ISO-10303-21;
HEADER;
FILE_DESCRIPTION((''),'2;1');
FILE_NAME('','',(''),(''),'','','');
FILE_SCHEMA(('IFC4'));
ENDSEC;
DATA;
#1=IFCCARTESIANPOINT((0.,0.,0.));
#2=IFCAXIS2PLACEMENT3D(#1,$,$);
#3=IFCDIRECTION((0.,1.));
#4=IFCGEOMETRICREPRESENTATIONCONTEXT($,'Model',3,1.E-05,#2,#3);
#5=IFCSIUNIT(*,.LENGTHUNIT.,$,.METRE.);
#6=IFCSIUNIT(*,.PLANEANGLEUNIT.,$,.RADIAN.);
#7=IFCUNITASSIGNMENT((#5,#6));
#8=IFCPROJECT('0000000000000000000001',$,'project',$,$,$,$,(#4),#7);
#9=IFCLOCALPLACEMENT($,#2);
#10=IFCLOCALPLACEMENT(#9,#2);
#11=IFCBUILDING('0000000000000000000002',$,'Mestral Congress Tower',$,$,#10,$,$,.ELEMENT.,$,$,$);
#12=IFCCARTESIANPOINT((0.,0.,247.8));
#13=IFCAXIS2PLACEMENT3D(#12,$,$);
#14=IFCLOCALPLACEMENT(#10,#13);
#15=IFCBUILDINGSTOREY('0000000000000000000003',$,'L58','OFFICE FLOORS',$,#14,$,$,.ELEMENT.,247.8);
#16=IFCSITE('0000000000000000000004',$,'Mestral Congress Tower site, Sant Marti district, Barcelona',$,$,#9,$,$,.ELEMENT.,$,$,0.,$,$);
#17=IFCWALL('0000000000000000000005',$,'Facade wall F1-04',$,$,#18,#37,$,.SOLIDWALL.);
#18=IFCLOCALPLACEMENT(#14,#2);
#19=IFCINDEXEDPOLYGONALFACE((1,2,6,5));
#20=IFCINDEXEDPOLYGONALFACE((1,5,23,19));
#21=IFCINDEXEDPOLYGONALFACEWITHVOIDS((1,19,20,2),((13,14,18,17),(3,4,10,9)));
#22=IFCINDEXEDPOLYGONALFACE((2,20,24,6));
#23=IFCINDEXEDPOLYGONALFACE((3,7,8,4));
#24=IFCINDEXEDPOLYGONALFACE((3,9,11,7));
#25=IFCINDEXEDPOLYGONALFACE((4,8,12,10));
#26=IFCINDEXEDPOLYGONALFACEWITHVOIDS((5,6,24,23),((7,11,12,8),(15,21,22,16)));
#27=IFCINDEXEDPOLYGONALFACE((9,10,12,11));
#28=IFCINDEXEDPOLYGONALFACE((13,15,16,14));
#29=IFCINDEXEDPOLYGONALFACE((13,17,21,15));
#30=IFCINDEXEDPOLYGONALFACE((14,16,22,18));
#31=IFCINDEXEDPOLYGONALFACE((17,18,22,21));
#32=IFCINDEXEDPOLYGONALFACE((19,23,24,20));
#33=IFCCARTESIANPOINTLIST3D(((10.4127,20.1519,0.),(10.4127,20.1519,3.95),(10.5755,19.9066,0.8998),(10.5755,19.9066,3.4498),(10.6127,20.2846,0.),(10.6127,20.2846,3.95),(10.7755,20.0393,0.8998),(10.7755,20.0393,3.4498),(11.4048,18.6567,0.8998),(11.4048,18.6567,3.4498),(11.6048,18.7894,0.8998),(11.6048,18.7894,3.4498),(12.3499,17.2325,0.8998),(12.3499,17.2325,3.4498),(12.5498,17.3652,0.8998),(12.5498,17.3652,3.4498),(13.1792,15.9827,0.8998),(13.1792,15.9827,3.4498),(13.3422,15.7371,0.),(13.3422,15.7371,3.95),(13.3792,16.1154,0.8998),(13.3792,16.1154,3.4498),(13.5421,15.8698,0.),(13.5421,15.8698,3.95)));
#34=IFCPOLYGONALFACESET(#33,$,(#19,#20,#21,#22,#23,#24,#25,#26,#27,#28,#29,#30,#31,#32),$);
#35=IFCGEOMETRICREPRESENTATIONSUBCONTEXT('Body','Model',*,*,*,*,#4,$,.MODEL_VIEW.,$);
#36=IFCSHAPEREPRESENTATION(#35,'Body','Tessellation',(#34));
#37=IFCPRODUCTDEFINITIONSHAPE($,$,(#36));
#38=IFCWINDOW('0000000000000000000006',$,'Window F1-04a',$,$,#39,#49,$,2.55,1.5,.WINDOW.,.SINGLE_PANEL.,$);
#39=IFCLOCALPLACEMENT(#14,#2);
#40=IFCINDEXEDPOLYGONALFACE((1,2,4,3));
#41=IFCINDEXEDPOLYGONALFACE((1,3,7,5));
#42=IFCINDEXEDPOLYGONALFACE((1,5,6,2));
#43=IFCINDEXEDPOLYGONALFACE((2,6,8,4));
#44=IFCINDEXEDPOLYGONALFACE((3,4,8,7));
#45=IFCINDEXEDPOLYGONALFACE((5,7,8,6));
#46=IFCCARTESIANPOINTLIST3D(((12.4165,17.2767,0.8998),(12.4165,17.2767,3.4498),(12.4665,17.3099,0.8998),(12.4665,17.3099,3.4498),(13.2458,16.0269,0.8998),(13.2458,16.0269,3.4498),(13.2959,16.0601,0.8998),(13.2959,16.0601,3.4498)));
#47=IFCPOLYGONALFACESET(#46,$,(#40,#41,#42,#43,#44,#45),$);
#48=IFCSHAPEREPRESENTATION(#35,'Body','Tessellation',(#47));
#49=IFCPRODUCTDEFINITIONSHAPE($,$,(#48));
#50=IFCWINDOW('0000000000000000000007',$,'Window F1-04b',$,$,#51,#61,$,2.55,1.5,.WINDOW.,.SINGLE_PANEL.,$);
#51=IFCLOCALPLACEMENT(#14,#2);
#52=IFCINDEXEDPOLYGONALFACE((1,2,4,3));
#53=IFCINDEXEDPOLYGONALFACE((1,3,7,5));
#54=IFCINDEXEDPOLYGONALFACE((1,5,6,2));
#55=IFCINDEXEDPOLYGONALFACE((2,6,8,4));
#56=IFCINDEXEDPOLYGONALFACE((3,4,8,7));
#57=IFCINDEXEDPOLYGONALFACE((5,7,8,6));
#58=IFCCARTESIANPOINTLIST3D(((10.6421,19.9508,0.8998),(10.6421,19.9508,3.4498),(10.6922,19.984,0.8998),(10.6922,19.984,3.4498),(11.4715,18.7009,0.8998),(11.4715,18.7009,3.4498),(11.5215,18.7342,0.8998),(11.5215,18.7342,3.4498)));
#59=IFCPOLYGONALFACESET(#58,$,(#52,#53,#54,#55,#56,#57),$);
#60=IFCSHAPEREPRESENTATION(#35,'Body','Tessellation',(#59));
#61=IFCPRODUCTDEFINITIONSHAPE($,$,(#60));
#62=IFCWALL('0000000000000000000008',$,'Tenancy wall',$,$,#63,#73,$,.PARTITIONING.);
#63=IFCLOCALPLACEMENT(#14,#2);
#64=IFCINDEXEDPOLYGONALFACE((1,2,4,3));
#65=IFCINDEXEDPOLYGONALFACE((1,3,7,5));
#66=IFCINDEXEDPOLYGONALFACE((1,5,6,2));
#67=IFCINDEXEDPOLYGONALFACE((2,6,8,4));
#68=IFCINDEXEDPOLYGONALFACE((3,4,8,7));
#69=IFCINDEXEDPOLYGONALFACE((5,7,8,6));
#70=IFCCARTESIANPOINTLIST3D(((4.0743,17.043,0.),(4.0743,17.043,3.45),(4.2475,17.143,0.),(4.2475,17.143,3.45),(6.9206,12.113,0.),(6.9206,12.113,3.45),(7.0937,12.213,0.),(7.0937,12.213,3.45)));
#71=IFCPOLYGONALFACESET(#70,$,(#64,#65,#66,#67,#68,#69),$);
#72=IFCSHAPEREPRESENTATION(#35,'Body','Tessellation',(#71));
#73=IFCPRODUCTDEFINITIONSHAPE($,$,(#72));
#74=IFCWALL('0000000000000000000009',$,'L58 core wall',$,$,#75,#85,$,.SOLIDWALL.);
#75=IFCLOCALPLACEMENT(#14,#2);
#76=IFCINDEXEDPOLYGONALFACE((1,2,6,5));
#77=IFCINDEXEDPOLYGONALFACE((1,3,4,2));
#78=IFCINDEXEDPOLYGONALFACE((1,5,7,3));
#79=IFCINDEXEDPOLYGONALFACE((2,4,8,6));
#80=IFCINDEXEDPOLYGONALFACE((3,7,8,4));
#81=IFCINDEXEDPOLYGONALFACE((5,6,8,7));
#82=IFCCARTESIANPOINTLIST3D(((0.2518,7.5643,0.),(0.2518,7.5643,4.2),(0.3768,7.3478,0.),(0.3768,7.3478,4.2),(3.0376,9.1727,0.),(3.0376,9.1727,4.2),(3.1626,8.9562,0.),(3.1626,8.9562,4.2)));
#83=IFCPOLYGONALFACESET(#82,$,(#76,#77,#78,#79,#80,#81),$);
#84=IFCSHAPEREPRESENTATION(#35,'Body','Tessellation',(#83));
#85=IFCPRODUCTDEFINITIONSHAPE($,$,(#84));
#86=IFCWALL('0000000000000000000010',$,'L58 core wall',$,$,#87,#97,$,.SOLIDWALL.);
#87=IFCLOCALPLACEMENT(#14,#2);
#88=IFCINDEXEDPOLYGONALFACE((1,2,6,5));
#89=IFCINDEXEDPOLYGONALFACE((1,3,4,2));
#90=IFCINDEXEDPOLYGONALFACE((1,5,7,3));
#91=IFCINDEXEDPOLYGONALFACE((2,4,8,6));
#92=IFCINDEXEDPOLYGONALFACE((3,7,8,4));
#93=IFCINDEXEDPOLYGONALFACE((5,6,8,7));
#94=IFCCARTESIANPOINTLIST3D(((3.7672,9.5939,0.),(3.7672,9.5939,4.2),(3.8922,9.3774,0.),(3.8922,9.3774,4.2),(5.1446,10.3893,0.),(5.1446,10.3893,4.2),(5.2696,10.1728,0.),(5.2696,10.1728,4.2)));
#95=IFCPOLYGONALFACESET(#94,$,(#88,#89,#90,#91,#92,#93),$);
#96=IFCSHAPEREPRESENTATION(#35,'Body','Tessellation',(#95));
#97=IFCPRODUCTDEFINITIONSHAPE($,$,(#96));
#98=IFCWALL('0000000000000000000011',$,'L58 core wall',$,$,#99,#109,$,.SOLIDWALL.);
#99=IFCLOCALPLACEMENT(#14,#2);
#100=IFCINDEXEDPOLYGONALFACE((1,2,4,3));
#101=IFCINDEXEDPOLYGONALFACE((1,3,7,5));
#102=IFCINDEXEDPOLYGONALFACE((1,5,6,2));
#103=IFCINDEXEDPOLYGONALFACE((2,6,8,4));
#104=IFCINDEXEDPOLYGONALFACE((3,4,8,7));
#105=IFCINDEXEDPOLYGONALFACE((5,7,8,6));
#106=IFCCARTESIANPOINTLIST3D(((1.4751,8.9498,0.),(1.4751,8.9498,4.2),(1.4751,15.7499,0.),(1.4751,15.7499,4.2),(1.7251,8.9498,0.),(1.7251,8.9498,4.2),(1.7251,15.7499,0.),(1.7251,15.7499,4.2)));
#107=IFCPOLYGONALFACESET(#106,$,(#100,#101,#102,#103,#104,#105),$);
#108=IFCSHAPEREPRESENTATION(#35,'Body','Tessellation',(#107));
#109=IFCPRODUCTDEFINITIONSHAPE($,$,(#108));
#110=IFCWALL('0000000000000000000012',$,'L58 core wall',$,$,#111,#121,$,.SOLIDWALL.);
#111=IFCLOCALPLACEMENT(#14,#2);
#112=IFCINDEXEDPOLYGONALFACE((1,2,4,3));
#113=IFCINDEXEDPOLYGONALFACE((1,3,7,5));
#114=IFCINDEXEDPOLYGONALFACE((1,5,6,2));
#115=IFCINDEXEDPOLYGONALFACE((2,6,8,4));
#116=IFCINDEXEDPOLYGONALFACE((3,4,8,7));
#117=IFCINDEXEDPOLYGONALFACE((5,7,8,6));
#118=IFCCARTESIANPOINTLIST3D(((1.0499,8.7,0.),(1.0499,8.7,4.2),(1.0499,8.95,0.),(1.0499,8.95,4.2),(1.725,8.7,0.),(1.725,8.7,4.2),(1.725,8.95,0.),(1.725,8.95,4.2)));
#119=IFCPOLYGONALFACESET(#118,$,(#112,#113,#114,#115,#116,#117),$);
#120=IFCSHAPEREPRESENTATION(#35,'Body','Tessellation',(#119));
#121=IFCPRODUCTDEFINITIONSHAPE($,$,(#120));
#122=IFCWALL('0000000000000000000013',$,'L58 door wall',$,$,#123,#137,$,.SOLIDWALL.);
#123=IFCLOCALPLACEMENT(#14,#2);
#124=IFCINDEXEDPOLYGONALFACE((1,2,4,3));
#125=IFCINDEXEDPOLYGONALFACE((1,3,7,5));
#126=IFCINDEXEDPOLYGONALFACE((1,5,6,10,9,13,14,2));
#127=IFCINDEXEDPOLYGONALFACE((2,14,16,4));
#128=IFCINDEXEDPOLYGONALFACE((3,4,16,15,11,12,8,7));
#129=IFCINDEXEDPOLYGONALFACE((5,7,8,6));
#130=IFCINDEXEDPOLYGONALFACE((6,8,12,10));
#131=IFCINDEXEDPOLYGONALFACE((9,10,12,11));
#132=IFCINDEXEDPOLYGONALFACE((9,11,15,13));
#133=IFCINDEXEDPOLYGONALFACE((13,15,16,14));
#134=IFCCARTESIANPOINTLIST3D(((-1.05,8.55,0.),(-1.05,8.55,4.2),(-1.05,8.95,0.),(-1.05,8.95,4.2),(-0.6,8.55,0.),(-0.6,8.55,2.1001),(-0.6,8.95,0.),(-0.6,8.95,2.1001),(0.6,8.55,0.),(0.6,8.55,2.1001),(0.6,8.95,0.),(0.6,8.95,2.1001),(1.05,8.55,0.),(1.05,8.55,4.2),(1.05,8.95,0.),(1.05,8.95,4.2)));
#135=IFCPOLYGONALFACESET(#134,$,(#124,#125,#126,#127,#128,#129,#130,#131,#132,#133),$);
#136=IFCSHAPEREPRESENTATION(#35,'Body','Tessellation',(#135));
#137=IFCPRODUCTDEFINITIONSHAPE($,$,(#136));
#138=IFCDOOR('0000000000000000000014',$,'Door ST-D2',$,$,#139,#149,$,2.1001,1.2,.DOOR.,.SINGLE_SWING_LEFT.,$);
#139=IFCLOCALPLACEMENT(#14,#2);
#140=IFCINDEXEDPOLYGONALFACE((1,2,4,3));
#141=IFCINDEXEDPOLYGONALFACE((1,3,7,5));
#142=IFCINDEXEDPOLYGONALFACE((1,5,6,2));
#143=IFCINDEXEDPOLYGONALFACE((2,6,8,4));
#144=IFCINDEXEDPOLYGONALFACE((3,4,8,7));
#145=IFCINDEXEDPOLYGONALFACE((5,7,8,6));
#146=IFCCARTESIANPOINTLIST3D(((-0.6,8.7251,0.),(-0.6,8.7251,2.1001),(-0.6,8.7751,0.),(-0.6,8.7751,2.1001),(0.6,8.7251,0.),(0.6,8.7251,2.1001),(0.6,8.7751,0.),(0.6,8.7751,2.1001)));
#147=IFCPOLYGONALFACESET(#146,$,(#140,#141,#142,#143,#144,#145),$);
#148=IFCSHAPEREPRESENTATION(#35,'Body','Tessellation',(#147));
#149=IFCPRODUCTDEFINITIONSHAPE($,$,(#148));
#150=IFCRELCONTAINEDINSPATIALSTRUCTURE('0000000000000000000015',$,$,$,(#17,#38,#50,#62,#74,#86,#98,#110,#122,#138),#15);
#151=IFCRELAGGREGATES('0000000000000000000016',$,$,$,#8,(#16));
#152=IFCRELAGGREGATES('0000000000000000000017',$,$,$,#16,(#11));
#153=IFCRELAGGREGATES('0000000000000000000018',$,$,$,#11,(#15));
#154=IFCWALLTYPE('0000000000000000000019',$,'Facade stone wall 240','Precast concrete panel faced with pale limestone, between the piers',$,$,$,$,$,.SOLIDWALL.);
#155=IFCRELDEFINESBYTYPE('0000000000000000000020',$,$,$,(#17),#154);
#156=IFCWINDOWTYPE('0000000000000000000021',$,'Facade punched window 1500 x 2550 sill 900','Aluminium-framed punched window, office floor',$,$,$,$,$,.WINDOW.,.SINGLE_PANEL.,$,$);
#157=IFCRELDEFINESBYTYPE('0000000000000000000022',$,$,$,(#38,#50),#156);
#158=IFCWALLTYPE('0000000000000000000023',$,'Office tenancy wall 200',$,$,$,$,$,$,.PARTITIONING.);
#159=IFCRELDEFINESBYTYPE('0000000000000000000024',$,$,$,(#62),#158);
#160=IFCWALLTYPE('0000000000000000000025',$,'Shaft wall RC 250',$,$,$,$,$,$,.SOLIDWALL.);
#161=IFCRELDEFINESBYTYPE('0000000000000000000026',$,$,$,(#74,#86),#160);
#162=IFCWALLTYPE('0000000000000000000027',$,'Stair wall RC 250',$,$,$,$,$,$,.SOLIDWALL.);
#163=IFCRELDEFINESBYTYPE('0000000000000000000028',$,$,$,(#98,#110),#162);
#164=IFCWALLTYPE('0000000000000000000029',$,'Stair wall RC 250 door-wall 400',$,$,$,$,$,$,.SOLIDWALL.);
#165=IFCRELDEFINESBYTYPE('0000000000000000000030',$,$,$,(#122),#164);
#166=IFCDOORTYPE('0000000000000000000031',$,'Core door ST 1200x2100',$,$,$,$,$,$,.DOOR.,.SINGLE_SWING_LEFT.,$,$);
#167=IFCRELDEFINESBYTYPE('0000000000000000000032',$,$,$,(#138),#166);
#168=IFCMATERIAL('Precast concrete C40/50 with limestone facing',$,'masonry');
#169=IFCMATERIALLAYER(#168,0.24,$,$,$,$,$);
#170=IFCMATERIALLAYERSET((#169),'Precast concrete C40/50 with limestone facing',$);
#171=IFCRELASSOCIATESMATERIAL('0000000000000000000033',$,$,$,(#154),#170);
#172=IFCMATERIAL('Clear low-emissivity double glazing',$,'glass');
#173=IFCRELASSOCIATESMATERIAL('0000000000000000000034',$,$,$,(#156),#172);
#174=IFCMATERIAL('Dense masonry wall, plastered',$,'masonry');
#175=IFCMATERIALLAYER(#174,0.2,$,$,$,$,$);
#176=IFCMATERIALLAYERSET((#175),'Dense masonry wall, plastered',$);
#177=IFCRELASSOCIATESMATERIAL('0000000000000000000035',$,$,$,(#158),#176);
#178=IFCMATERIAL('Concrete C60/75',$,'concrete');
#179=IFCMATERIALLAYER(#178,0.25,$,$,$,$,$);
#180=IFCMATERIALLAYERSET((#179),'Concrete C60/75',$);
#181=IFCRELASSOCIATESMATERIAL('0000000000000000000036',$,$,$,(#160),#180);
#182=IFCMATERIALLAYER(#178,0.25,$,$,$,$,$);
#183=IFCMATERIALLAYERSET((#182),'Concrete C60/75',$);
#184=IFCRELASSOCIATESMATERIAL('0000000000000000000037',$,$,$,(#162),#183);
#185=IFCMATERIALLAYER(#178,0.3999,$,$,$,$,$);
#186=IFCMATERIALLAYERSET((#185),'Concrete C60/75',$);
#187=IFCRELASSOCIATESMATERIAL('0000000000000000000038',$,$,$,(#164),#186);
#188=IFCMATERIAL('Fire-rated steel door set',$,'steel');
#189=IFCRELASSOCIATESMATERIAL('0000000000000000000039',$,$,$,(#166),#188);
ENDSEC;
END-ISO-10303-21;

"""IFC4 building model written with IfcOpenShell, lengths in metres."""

from ifc_helpers import new_model, si_unit, direction, frame, frame_2d, origin, place, context, subcontext, project, spatial, rectangle, extrude, material, layer, layer_set, type_object, element, fill, save


model = new_model("IFC4")

# Units and contexts
model_context = context("Model", 3, precision=1e-05, world=origin(), true_north=direction((0.0, 1.0)))
body_context = subcontext(model_context, "Body", "Model", "MODEL_VIEW")
ifc_project = project(units=[si_unit("LENGTHUNIT", "METRE"), si_unit("PLANEANGLEUNIT", "RADIAN")], contexts=[model_context])

# Site, building, storey
site_placement = place(None, origin())
site = spatial("IfcSite", under=ifc_project, at=site_placement, Name="Mestral Congress Tower site, Sant Marti district, Barcelona", CompositionType="ELEMENT", RefElevation=0.0)
building_placement = place(site_placement, origin())
building = spatial("IfcBuilding", under=site, at=building_placement, Name="Mestral Congress Tower", CompositionType="ELEMENT")
storey_placement = place(building_placement, frame((0.0, 0.0, 247.8)))
storey = spatial("IfcBuildingStorey", under=building, at=storey_placement, Name="L58", Description="OFFICE FLOORS", CompositionType="ELEMENT", Elevation=247.8)

# Shared definitions
ifc_material_1 = material(Name="Concrete C60/75", Category="concrete")

# Shared definitions
ifc_material_2 = material(Name="Fire-rated steel door set", Category="steel")

# Wall, openings, windows
ifc_material_3 = material(Name="Precast concrete C40/50 with limestone facing", Category="masonry")
ifc_layer_1 = layer(ifc_material_3, 0.24)
ifc_layer_set_1 = layer_set([ifc_layer_1], Name="Precast concrete C40/50 with limestone facing")
wall_type_1 = type_object("IfcWallType", Name="Facade stone wall 240", Description="Precast concrete panel faced with pale limestone, between the piers", PredefinedType="SOLIDWALL", material=ifc_layer_set_1)
ifc_material_4 = material(Name="Clear low-emissivity double glazing", Category="glass")
window_type = type_object("IfcWindowType", Name="Facade punched window 1500 x 2550 sill 900", Description="Aluminium-framed punched window, office floor", PartitioningType="SINGLE_PANEL", PredefinedType="WINDOW", material=ifc_material_4)
wall_1_placement = place(storey_placement, frame((13.4421, 15.8035, 0.0), z_axis=(0.0, 0.0, 1.0), x_axis=(-0.552902, 0.833246, 0.0)))
wall_1 = element("IfcWall", 1, at=wall_1_placement, inside=storey, type_object=wall_type_1, Name="Facade wall F1-04", PredefinedType="SOLIDWALL", context=body_context, shape_type="SweptSolid", body=[
    extrude(rectangle(XDim=5.2983, YDim=0.24, at=frame_2d((2.6492, 0.0))), origin(), (0.0, 0.0, 1.0), 3.95),
])
opening_1_placement = place(wall_1_placement, frame((0.2947, 0.0, 0.8999)))
opening_1 = element("IfcOpeningElement", 2, at=opening_1_placement, cuts=wall_1, PredefinedType="OPENING", context=body_context, shape_type="SweptSolid", body=[
    extrude(rectangle(XDim=1.5, YDim=2.55, at=frame_2d((0.75, 1.2749))), frame((0.0, 0.1299, 0.0), z_axis=(0.0, -1.0, 0.0), x_axis=(1.0, 0.0, 0.0)), (0.0, 0.0, 1.0), 0.26),
])
opening_2_placement = place(wall_1_placement, frame((3.5039, 0.0, 0.8999)))
opening_2 = element("IfcOpeningElement", 3, at=opening_2_placement, cuts=wall_1, PredefinedType="OPENING", context=body_context, shape_type="SweptSolid", body=[
    extrude(rectangle(XDim=1.5, YDim=2.55, at=frame_2d((0.75, 1.2749))), frame((0.0, 0.1299, 0.0), z_axis=(0.0, -1.0, 0.0), x_axis=(1.0, 0.0, 0.0)), (0.0, 0.0, 1.0), 0.26),
])
window_1_placement = place(opening_1_placement, origin())
window_1 = element("IfcWindow", 4, at=window_1_placement, inside=storey, type_object=window_type, Name="Window F1-04a", OverallHeight=2.55, OverallWidth=1.5, PartitioningType="SINGLE_PANEL", PredefinedType="WINDOW", context=body_context, shape_type="SweptSolid", body=[
    extrude(rectangle(XDim=1.5, YDim=2.55, at=frame_2d((0.75, 1.2749))), frame((0.0, 0.04, 0.0), z_axis=(0.0, -1.0, 0.0), x_axis=(1.0, 0.0, 0.0)), (0.0, 0.0, 1.0), 0.0601),
])
fill(opening_1, window_1)
window_2_placement = place(opening_2_placement, origin())
window_2 = element("IfcWindow", 5, at=window_2_placement, inside=storey, type_object=window_type, Name="Window F1-04b", OverallHeight=2.55, OverallWidth=1.5, PartitioningType="SINGLE_PANEL", PredefinedType="WINDOW", context=body_context, shape_type="SweptSolid", body=[
    extrude(rectangle(XDim=1.5, YDim=2.55, at=frame_2d((0.75, 1.2749))), frame((0.0, 0.04, 0.0), z_axis=(0.0, -1.0, 0.0), x_axis=(1.0, 0.0, 0.0)), (0.0, 0.0, 1.0), 0.0601),
])
fill(opening_2, window_2)

# Walls
ifc_material_5 = material(Name="Dense masonry wall, plastered", Category="masonry")
ifc_layer_2 = layer(ifc_material_5, 0.2)
ifc_layer_set_2 = layer_set([ifc_layer_2], Name="Dense masonry wall, plastered")
wall_type_2 = type_object("IfcWallType", Name="Office tenancy wall 200", PredefinedType="PARTITIONING", material=ifc_layer_set_2)
wall_2_placement = place(storey_placement, frame((7.0071, 12.1631, 0.0), z_axis=(0.0, 0.0, 1.0), x_axis=(-0.499986, 0.866033, 0.0)))
element("IfcWall", 6, at=wall_2_placement, inside=storey, type_object=wall_type_2, Name="Tenancy wall", PredefinedType="PARTITIONING", context=body_context, shape_type="SweptSolid", body=[
    extrude(rectangle(XDim=5.6926, YDim=0.2, at=frame_2d((2.8462, 0.0))), origin(), (0.0, 0.0, 1.0), 3.45),
])
ifc_layer_3 = layer(ifc_material_1, 0.25)
ifc_layer_set_3 = layer_set([ifc_layer_3], Name="Concrete C60/75")
wall_type_3 = type_object("IfcWallType", Name="Shaft wall RC 250", PredefinedType="SOLIDWALL", material=ifc_layer_set_3)
wall_3_placement = place(storey_placement, frame((3.1001, 9.0645, 0.0), z_axis=(0.0, 0.0, 1.0), x_axis=(-0.86603, -0.499992, 0.0)))
element("IfcWall", 7, at=wall_3_placement, inside=storey, type_object=wall_type_3, Name="L58 core wall", PredefinedType="SOLIDWALL", context=body_context, shape_type="SweptSolid", body=[
    extrude(rectangle(XDim=3.2168, YDim=0.25, at=frame_2d((1.6084, 0.0))), origin(), (0.0, 0.0, 1.0), 4.2),
])
wall_4_placement = place(storey_placement, frame((3.8296, 9.4856, 0.0), z_axis=(0.0, 0.0, 1.0), x_axis=(0.865986, 0.500068, 0.0)))
element("IfcWall", 8, at=wall_4_placement, inside=storey, type_object=wall_type_3, Name="L58 core wall", PredefinedType="SOLIDWALL", context=body_context, shape_type="SweptSolid", body=[
    extrude(rectangle(XDim=1.5906, YDim=0.25, at=frame_2d((0.7954, 0.0))), origin(), (0.0, 0.0, 1.0), 4.2),
])
ifc_layer_4 = layer(ifc_material_1, 0.25)
ifc_layer_set_4 = layer_set([ifc_layer_4], Name="Concrete C60/75")
wall_type_4 = type_object("IfcWallType", Name="Stair wall RC 250", PredefinedType="SOLIDWALL", material=ifc_layer_set_4)
wall_5_placement = place(storey_placement, frame((1.6001, 8.95, 0.0), z_axis=(0.0, 0.0, 1.0), x_axis=(0.0, 1.0, 0.0)))
element("IfcWall", 9, at=wall_5_placement, inside=storey, type_object=wall_type_4, Name="L58 core wall", PredefinedType="SOLIDWALL", context=body_context, shape_type="SweptSolid", body=[
    extrude(rectangle(XDim=6.8, YDim=0.25, at=frame_2d((3.3999, 0.0))), origin(), (0.0, 0.0, 1.0), 4.2),
])
wall_6_placement = place(storey_placement, frame((1.05, 8.825, 0.0), z_axis=(0.0, 0.0, 1.0), x_axis=(1.0, 0.0, 0.0)))
element("IfcWall", 10, at=wall_6_placement, inside=storey, type_object=wall_type_4, Name="L58 core wall", PredefinedType="SOLIDWALL", context=body_context, shape_type="SweptSolid", body=[
    extrude(rectangle(XDim=0.675, YDim=0.25, at=frame_2d((0.3374, 0.0))), origin(), (0.0, 0.0, 1.0), 4.2),
])

# Wall, opening, door
ifc_layer_5 = layer(ifc_material_1, 0.3999)
ifc_layer_set_5 = layer_set([ifc_layer_5], Name="Concrete C60/75")
wall_type_5 = type_object("IfcWallType", Name="Stair wall RC 250 door-wall 400", PredefinedType="SOLIDWALL", material=ifc_layer_set_5)
wall_7_placement = place(storey_placement, frame((1.05, 8.75, 0.0), z_axis=(0.0, 0.0, 1.0), x_axis=(-1.0, 0.0, 0.0)))
wall_7 = element("IfcWall", 11, at=wall_7_placement, inside=storey, type_object=wall_type_5, Name="L58 door wall", PredefinedType="SOLIDWALL", context=body_context, shape_type="SweptSolid", body=[
    extrude(rectangle(XDim=2.1001, YDim=0.3999, at=frame_2d((1.05, 0.0))), origin(), (0.0, 0.0, 1.0), 4.2),
])
opening_3_placement = place(wall_7_placement, frame((0.45, 0.0, 0.0)))
opening_3 = element("IfcOpeningElement", 12, at=opening_3_placement, cuts=wall_7, PredefinedType="OPENING", context=body_context, shape_type="SweptSolid", body=[
    extrude(rectangle(XDim=1.2, YDim=2.1001, at=frame_2d((0.6001, 1.05))), frame((0.0, 0.21, 0.0), z_axis=(0.0, -1.0, 0.0), x_axis=(1.0, 0.0, 0.0)), (0.0, 0.0, 1.0), 0.4199),
])
door_type_1 = type_object("IfcDoorType", Name="Core door ST 1200x2100", OperationType="SINGLE_SWING_LEFT", PredefinedType="DOOR", material=ifc_material_2)
door_1_placement = place(opening_3_placement, origin())
door_1 = element("IfcDoor", 13, at=door_1_placement, inside=storey, type_object=door_type_1, Name="Door ST-D2", OperationType="SINGLE_SWING_LEFT", OverallHeight=2.1001, OverallWidth=1.2, PredefinedType="DOOR", context=body_context, shape_type="SweptSolid", body=[
    extrude(rectangle(XDim=1.2, YDim=2.1001, at=frame_2d((0.6001, 1.05))), frame((0.0, 0.0249, 0.0), z_axis=(0.0, -1.0, 0.0), x_axis=(1.0, 0.0, 0.0)), (0.0, 0.0, 1.0), 0.05),
])
fill(opening_3, door_1)

save(model, "model.ifc")
